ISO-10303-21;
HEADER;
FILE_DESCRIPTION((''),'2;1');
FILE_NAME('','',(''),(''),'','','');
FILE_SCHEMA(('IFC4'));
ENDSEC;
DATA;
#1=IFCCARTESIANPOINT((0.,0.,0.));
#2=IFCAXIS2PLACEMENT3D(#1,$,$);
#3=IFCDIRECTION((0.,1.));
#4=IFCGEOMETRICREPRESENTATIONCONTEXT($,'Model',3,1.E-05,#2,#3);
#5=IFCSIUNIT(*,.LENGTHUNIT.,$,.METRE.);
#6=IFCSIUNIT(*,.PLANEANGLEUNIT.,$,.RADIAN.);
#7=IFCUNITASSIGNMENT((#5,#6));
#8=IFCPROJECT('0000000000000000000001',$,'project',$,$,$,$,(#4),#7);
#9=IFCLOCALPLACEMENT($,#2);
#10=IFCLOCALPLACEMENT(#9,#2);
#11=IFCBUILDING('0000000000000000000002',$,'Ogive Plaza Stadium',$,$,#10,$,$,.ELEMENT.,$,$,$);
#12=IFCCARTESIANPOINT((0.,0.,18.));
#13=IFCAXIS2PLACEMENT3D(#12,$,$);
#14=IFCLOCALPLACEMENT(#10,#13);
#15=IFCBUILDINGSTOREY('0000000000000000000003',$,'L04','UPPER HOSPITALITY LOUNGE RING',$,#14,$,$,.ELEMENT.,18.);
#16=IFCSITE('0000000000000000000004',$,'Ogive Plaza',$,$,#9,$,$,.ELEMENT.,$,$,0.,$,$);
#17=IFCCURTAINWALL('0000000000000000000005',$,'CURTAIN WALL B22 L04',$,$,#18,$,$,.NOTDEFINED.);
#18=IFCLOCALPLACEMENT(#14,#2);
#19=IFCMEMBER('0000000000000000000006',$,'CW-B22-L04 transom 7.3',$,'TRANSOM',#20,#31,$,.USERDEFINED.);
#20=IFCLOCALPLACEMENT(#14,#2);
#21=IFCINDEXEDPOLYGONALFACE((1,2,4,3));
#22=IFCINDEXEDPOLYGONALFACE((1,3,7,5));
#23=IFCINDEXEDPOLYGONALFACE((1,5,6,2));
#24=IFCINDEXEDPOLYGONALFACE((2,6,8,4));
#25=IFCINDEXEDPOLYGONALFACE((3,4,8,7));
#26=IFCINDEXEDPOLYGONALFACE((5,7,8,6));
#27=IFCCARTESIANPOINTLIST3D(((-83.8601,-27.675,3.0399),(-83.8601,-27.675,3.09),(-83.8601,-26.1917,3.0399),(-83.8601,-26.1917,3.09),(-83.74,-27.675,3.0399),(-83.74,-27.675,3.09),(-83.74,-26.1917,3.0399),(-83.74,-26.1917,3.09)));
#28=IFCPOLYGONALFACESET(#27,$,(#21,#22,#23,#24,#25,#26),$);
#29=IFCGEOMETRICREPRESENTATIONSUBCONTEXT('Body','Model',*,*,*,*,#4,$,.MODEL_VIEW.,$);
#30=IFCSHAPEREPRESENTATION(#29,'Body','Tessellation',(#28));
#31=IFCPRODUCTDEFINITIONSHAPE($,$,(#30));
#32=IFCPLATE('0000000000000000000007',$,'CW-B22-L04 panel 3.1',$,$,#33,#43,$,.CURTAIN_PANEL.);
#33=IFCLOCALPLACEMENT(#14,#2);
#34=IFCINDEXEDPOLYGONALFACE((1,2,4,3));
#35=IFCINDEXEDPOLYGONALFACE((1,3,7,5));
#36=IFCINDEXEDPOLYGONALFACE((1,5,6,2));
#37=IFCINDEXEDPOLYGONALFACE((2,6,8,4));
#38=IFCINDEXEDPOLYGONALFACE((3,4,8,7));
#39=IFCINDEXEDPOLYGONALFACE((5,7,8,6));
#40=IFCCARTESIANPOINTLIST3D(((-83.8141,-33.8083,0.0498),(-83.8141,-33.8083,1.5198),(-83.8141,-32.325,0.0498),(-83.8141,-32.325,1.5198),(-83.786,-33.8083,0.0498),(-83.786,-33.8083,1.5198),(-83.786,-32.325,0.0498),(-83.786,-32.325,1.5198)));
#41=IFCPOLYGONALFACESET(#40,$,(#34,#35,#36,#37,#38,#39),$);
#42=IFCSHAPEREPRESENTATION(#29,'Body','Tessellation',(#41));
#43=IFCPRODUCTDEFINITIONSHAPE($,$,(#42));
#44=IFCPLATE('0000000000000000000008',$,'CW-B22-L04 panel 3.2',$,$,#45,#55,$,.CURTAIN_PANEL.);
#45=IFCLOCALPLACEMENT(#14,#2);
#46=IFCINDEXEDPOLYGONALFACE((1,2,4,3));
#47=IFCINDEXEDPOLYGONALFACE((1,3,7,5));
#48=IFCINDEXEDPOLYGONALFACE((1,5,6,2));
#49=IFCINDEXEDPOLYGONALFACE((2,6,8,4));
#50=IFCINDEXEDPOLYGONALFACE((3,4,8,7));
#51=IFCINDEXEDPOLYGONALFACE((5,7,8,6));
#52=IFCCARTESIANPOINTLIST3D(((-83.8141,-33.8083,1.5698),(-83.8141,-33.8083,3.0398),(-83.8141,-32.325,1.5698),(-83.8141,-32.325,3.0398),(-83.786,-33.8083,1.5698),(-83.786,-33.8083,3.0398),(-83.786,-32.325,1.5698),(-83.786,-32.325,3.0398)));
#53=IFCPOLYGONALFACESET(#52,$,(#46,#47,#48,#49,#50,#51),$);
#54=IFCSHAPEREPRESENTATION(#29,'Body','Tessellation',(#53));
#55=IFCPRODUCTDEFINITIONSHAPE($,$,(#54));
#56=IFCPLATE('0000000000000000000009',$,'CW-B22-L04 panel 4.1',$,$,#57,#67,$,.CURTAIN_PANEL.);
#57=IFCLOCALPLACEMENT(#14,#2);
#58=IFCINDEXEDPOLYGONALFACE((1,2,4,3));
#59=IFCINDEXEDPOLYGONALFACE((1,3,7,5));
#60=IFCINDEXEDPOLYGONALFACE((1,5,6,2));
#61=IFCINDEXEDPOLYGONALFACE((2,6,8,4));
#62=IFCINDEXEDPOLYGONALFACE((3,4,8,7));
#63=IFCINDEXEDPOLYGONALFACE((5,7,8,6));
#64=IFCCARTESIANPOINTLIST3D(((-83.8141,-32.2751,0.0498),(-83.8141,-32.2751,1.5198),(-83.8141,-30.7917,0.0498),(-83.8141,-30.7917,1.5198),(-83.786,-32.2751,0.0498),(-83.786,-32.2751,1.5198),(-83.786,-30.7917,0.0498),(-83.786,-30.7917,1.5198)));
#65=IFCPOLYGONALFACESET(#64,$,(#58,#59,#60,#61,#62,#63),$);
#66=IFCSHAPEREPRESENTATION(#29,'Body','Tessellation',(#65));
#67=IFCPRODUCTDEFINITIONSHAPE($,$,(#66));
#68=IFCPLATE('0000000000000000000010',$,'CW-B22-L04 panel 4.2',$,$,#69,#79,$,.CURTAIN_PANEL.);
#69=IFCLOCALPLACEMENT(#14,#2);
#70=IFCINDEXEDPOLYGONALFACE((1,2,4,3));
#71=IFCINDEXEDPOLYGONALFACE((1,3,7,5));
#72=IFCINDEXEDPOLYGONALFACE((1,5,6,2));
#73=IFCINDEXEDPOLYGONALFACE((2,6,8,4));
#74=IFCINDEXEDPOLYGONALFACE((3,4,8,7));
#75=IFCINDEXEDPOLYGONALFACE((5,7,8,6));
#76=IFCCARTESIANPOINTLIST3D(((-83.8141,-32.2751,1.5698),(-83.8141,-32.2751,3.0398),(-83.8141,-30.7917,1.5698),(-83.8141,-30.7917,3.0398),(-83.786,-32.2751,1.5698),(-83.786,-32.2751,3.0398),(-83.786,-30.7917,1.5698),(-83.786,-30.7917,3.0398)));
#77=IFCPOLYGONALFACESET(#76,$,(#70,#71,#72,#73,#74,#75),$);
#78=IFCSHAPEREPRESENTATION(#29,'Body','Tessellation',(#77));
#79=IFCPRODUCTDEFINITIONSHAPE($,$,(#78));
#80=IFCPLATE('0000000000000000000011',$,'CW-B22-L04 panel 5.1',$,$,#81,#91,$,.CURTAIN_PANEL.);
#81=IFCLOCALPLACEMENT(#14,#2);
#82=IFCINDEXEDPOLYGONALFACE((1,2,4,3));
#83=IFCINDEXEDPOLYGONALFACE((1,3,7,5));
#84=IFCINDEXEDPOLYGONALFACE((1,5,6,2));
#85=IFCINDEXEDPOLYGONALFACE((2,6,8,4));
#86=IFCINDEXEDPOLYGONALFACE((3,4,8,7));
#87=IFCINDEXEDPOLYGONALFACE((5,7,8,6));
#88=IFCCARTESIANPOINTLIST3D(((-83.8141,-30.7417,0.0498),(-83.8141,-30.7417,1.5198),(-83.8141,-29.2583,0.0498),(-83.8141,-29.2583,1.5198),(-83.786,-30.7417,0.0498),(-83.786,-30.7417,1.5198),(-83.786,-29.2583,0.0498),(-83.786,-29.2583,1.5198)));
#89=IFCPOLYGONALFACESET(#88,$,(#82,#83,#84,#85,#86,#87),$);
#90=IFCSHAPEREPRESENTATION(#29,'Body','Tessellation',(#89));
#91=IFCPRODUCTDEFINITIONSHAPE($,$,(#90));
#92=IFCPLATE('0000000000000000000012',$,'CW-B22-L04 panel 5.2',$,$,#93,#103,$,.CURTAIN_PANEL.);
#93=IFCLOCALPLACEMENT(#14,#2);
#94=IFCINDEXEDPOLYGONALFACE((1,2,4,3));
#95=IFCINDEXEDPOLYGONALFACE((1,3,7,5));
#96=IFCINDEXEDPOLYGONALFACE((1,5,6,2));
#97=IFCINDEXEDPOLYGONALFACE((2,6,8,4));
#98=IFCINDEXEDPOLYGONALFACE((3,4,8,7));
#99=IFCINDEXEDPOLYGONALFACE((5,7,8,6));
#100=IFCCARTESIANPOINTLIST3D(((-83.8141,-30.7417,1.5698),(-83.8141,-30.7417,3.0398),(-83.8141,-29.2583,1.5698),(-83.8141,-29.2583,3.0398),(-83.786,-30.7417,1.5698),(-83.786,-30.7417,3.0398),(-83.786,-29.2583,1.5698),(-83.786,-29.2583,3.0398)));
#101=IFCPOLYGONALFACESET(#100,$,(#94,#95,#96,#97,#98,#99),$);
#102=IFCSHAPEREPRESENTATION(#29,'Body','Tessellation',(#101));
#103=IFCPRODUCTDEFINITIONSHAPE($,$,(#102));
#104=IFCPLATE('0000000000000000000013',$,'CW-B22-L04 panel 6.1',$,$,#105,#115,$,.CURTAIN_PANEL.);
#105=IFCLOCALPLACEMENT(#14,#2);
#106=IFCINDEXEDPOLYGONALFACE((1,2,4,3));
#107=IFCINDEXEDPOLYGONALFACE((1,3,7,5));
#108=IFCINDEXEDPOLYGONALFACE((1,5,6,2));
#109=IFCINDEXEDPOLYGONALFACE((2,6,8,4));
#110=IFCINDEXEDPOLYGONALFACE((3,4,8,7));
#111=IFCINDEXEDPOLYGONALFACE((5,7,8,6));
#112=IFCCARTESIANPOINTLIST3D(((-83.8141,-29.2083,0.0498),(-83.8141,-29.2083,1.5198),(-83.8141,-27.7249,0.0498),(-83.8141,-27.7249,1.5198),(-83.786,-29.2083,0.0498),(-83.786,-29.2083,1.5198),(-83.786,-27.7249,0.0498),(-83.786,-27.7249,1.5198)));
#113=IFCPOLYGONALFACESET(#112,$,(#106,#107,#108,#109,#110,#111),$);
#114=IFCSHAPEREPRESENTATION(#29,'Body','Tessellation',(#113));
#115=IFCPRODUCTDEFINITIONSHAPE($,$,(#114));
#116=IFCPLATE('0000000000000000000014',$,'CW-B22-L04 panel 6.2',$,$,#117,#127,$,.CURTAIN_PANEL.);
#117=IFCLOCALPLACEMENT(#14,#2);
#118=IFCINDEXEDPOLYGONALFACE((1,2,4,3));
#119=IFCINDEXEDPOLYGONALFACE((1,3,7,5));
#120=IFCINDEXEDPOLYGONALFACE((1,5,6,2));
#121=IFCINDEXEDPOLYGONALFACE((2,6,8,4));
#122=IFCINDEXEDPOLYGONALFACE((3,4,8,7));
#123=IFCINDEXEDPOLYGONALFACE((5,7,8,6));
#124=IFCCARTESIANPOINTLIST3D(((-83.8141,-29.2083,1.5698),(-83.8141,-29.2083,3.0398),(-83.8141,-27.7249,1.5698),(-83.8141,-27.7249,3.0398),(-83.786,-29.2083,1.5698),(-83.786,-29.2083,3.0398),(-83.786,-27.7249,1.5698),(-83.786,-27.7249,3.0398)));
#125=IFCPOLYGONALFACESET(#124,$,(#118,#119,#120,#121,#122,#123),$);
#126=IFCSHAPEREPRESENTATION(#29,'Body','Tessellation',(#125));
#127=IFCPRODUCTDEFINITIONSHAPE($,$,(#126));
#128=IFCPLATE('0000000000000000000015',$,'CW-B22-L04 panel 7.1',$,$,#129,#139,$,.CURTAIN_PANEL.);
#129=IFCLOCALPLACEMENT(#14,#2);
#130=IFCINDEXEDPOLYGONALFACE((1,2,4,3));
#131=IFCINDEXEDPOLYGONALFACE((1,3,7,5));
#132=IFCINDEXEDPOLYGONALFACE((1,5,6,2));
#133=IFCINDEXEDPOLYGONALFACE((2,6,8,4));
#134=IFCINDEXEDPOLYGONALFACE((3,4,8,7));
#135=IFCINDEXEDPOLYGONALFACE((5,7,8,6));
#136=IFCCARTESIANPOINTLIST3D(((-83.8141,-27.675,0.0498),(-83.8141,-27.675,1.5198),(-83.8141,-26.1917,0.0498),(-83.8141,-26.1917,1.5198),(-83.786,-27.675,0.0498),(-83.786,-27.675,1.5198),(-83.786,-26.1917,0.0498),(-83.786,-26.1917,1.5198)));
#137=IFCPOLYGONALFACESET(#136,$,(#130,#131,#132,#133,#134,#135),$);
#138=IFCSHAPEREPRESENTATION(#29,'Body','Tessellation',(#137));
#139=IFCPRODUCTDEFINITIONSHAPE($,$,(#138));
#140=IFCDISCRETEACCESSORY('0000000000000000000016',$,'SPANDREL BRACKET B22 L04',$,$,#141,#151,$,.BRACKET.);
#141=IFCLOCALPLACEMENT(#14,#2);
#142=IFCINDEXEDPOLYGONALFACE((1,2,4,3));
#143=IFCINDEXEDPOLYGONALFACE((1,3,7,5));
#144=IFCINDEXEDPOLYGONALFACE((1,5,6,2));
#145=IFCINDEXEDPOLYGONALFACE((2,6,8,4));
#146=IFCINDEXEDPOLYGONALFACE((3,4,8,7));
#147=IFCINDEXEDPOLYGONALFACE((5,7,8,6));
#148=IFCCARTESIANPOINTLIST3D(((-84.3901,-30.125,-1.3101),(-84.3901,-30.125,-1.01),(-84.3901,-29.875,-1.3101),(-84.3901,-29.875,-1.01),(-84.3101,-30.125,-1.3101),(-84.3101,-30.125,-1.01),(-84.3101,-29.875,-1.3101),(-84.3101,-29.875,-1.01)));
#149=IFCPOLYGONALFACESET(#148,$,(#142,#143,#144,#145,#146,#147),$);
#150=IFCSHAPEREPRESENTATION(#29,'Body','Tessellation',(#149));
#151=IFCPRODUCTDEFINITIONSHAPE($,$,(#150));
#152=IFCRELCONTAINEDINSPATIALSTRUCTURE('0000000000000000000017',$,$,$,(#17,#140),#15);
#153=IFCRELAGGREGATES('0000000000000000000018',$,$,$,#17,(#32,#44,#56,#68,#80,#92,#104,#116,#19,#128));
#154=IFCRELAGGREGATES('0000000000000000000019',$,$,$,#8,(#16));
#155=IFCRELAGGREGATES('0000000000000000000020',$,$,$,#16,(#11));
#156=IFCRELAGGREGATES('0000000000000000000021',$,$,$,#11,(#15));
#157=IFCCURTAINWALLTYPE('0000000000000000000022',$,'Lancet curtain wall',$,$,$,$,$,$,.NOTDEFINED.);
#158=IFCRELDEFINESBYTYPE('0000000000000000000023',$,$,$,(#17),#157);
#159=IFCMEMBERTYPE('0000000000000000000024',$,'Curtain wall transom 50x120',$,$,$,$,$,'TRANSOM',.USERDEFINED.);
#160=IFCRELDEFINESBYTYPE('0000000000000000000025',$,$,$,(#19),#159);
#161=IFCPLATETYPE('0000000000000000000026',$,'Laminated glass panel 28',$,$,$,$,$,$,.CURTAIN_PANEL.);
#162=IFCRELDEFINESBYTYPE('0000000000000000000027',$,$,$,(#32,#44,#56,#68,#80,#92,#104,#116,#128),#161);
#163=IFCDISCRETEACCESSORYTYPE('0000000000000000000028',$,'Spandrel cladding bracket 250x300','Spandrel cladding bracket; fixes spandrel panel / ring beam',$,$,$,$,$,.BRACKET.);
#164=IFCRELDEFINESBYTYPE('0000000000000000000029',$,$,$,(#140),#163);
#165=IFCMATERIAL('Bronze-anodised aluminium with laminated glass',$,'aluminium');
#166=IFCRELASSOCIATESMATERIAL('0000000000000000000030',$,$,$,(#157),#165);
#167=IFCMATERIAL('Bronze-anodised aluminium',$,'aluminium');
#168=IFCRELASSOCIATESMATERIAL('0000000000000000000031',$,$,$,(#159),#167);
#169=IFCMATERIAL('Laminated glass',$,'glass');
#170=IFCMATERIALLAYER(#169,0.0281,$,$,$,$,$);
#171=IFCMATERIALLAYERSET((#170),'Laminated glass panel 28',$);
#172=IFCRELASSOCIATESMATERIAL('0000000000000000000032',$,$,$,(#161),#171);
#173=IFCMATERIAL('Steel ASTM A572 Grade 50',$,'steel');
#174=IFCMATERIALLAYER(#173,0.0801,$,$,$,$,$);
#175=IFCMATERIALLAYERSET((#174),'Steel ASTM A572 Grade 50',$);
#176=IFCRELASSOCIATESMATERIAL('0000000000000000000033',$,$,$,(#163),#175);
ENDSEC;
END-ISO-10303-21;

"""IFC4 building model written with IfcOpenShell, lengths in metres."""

from ifc_helpers import new_model, si_unit, direction, frame, origin, origin_2d, place, context, subcontext, project, spatial, rectangle, extrude, material, layer, layer_set, material_profile, profile_set, type_object, element, aggregate, save


model = new_model("IFC4")

# Units and contexts
model_context = context("Model", 3, precision=1e-05, world=origin(), true_north=direction((0.0, 1.0)))
body_context = subcontext(model_context, "Body", "Model", "MODEL_VIEW")
ifc_project = project(units=[si_unit("LENGTHUNIT", "METRE"), si_unit("PLANEANGLEUNIT", "RADIAN")], contexts=[model_context])

# Site, building, storey
site_placement = place(None, origin())
site = spatial("IfcSite", under=ifc_project, at=site_placement, Name="Ogive Plaza", CompositionType="ELEMENT", RefElevation=0.0)
building_placement = place(site_placement, origin())
building = spatial("IfcBuilding", under=site, at=building_placement, Name="Ogive Plaza Stadium", CompositionType="ELEMENT")
storey_placement = place(building_placement, frame((0.0, 0.0, 18.0)))
storey = spatial("IfcBuildingStorey", under=building, at=storey_placement, Name="L04", Description="UPPER HOSPITALITY LOUNGE RING", CompositionType="ELEMENT", Elevation=18.0)

# Curtain wall, member, plates
ifc_material_1 = material(Name="Bronze-anodised aluminium with laminated glass", Category="aluminium")
curtain_wall_type = type_object("IfcCurtainWallType", Name="Lancet curtain wall", PredefinedType="NOTDEFINED", material=ifc_material_1)
curtain_wall_placement = place(storey_placement, origin())
curtain_wall = element("IfcCurtainWall", 1, at=curtain_wall_placement, inside=storey, type_object=curtain_wall_type, Name="CURTAIN WALL B22 L04", PredefinedType="NOTDEFINED")
ifc_material_2 = material(Name="Bronze-anodised aluminium", Category="aluminium")
ifc_material_profile_1 = material_profile(ifc_material_2, rectangle(XDim=0.1201, YDim=0.05, at=origin_2d()), Name="AL 120x50")
ifc_profile_set_1 = profile_set([ifc_material_profile_1], Name="Bronze-anodised aluminium")
member_type_1 = type_object("IfcMemberType", Name="Curtain wall transom 50x120", ElementType="TRANSOM", PredefinedType="USERDEFINED", material=ifc_profile_set_1)
member_1_placement = place(storey_placement, frame((-83.8, -27.675, 3.0649), z_axis=(0.0, 1.0, 0.0), x_axis=(-1.0, 0.0, 0.0)))
member_1 = element("IfcMember", 2, at=member_1_placement, type_object=member_type_1, Name="CW-B22-L04 transom 7.3", ObjectType="TRANSOM", PredefinedType="USERDEFINED", context=body_context, shape_type="SweptSolid", body=[
    extrude(rectangle(XDim=0.1201, YDim=0.05, at=origin_2d()), origin(), (0.0, 0.0, 1.0), 1.4834),
])
ifc_material_3 = material(Name="Laminated glass", Category="glass")
ifc_layer_1 = layer(ifc_material_3, 0.0281)
ifc_layer_set_1 = layer_set([ifc_layer_1], Name="Laminated glass panel 28")
plate_type = type_object("IfcPlateType", Name="Laminated glass panel 28", PredefinedType="CURTAIN_PANEL", material=ifc_layer_set_1)
plate_1_placement = place(storey_placement, frame((-83.8, -33.0667, 0.0498), z_axis=(0.0, 0.0, 1.0), x_axis=(0.0, 1.0, 0.0)))
plate_1 = element("IfcPlate", 3, at=plate_1_placement, type_object=plate_type, Name="CW-B22-L04 panel 3.1", PredefinedType="CURTAIN_PANEL", context=body_context, shape_type="SweptSolid", body=[
    extrude(rectangle(XDim=1.4834, YDim=0.0281, at=origin_2d()), origin(), (0.0, 0.0, 1.0), 1.47),
])
plate_2_placement = place(storey_placement, frame((-83.8, -33.0667, 1.5698), z_axis=(0.0, 0.0, 1.0), x_axis=(0.0, 1.0, 0.0)))
plate_2 = element("IfcPlate", 4, at=plate_2_placement, type_object=plate_type, Name="CW-B22-L04 panel 3.2", PredefinedType="CURTAIN_PANEL", context=body_context, shape_type="SweptSolid", body=[
    extrude(rectangle(XDim=1.4834, YDim=0.0281, at=origin_2d()), origin(), (0.0, 0.0, 1.0), 1.47),
])
plate_3_placement = place(storey_placement, frame((-83.8, -31.5334, 0.0498), z_axis=(0.0, 0.0, 1.0), x_axis=(0.0, 1.0, 0.0)))
plate_3 = element("IfcPlate", 5, at=plate_3_placement, type_object=plate_type, Name="CW-B22-L04 panel 4.1", PredefinedType="CURTAIN_PANEL", context=body_context, shape_type="SweptSolid", body=[
    extrude(rectangle(XDim=1.4834, YDim=0.0281, at=origin_2d()), origin(), (0.0, 0.0, 1.0), 1.47),
])
plate_4_placement = place(storey_placement, frame((-83.8, -31.5334, 1.5698), z_axis=(0.0, 0.0, 1.0), x_axis=(0.0, 1.0, 0.0)))
plate_4 = element("IfcPlate", 6, at=plate_4_placement, type_object=plate_type, Name="CW-B22-L04 panel 4.2", PredefinedType="CURTAIN_PANEL", context=body_context, shape_type="SweptSolid", body=[
    extrude(rectangle(XDim=1.4834, YDim=0.0281, at=origin_2d()), origin(), (0.0, 0.0, 1.0), 1.47),
])
plate_5_placement = place(storey_placement, frame((-83.8, -30.0, 0.0498), z_axis=(0.0, 0.0, 1.0), x_axis=(0.0, 1.0, 0.0)))
plate_5 = element("IfcPlate", 7, at=plate_5_placement, type_object=plate_type, Name="CW-B22-L04 panel 5.1", PredefinedType="CURTAIN_PANEL", context=body_context, shape_type="SweptSolid", body=[
    extrude(rectangle(XDim=1.4834, YDim=0.0281, at=origin_2d()), origin(), (0.0, 0.0, 1.0), 1.47),
])
plate_6_placement = place(storey_placement, frame((-83.8, -30.0, 1.5698), z_axis=(0.0, 0.0, 1.0), x_axis=(0.0, 1.0, 0.0)))
plate_6 = element("IfcPlate", 8, at=plate_6_placement, type_object=plate_type, Name="CW-B22-L04 panel 5.2", PredefinedType="CURTAIN_PANEL", context=body_context, shape_type="SweptSolid", body=[
    extrude(rectangle(XDim=1.4834, YDim=0.0281, at=origin_2d()), origin(), (0.0, 0.0, 1.0), 1.47),
])
plate_7_placement = place(storey_placement, frame((-83.8, -28.4666, 0.0498), z_axis=(0.0, 0.0, 1.0), x_axis=(0.0, 1.0, 0.0)))
plate_7 = element("IfcPlate", 9, at=plate_7_placement, type_object=plate_type, Name="CW-B22-L04 panel 6.1", PredefinedType="CURTAIN_PANEL", context=body_context, shape_type="SweptSolid", body=[
    extrude(rectangle(XDim=1.4834, YDim=0.0281, at=origin_2d()), origin(), (0.0, 0.0, 1.0), 1.47),
])
plate_8_placement = place(storey_placement, frame((-83.8, -28.4666, 1.5698), z_axis=(0.0, 0.0, 1.0), x_axis=(0.0, 1.0, 0.0)))
plate_8 = element("IfcPlate", 10, at=plate_8_placement, type_object=plate_type, Name="CW-B22-L04 panel 6.2", PredefinedType="CURTAIN_PANEL", context=body_context, shape_type="SweptSolid", body=[
    extrude(rectangle(XDim=1.4834, YDim=0.0281, at=origin_2d()), origin(), (0.0, 0.0, 1.0), 1.47),
])
plate_9_placement = place(storey_placement, frame((-83.8, -26.9333, 0.0498), z_axis=(0.0, 0.0, 1.0), x_axis=(0.0, 1.0, 0.0)))
plate_9 = element("IfcPlate", 11, at=plate_9_placement, type_object=plate_type, Name="CW-B22-L04 panel 7.1", PredefinedType="CURTAIN_PANEL", context=body_context, shape_type="SweptSolid", body=[
    extrude(rectangle(XDim=1.4834, YDim=0.0281, at=origin_2d()), origin(), (0.0, 0.0, 1.0), 1.47),
])
aggregate(curtain_wall, [plate_1, plate_2, plate_3, plate_4, plate_5, plate_6, plate_7, plate_8, member_1, plate_9])

# Discrete accessory
ifc_material_4 = material(Name="Steel ASTM A572 Grade 50", Category="steel")
ifc_layer_2 = layer(ifc_material_4, 0.0801)
ifc_layer_set_2 = layer_set([ifc_layer_2], Name="Steel ASTM A572 Grade 50")
discrete_accessory_type = type_object("IfcDiscreteAccessoryType", Name="Spandrel cladding bracket 250x300", Description="Spandrel cladding bracket; fixes spandrel panel / ring beam", PredefinedType="BRACKET", material=ifc_layer_set_2)
discrete_accessory_placement = place(storey_placement, frame((-84.3501, -30.0, -1.3101), z_axis=(0.0, 0.0, 1.0), x_axis=(0.0, 1.0, 0.0)))
element("IfcDiscreteAccessory", 12, at=discrete_accessory_placement, inside=storey, type_object=discrete_accessory_type, Name="SPANDREL BRACKET B22 L04", PredefinedType="BRACKET", context=body_context, shape_type="SweptSolid", body=[
    extrude(rectangle(XDim=0.25, YDim=0.0801, at=origin_2d()), origin(), (0.0, 0.0, 1.0), 0.3),
])

save(model, "model.ifc")
